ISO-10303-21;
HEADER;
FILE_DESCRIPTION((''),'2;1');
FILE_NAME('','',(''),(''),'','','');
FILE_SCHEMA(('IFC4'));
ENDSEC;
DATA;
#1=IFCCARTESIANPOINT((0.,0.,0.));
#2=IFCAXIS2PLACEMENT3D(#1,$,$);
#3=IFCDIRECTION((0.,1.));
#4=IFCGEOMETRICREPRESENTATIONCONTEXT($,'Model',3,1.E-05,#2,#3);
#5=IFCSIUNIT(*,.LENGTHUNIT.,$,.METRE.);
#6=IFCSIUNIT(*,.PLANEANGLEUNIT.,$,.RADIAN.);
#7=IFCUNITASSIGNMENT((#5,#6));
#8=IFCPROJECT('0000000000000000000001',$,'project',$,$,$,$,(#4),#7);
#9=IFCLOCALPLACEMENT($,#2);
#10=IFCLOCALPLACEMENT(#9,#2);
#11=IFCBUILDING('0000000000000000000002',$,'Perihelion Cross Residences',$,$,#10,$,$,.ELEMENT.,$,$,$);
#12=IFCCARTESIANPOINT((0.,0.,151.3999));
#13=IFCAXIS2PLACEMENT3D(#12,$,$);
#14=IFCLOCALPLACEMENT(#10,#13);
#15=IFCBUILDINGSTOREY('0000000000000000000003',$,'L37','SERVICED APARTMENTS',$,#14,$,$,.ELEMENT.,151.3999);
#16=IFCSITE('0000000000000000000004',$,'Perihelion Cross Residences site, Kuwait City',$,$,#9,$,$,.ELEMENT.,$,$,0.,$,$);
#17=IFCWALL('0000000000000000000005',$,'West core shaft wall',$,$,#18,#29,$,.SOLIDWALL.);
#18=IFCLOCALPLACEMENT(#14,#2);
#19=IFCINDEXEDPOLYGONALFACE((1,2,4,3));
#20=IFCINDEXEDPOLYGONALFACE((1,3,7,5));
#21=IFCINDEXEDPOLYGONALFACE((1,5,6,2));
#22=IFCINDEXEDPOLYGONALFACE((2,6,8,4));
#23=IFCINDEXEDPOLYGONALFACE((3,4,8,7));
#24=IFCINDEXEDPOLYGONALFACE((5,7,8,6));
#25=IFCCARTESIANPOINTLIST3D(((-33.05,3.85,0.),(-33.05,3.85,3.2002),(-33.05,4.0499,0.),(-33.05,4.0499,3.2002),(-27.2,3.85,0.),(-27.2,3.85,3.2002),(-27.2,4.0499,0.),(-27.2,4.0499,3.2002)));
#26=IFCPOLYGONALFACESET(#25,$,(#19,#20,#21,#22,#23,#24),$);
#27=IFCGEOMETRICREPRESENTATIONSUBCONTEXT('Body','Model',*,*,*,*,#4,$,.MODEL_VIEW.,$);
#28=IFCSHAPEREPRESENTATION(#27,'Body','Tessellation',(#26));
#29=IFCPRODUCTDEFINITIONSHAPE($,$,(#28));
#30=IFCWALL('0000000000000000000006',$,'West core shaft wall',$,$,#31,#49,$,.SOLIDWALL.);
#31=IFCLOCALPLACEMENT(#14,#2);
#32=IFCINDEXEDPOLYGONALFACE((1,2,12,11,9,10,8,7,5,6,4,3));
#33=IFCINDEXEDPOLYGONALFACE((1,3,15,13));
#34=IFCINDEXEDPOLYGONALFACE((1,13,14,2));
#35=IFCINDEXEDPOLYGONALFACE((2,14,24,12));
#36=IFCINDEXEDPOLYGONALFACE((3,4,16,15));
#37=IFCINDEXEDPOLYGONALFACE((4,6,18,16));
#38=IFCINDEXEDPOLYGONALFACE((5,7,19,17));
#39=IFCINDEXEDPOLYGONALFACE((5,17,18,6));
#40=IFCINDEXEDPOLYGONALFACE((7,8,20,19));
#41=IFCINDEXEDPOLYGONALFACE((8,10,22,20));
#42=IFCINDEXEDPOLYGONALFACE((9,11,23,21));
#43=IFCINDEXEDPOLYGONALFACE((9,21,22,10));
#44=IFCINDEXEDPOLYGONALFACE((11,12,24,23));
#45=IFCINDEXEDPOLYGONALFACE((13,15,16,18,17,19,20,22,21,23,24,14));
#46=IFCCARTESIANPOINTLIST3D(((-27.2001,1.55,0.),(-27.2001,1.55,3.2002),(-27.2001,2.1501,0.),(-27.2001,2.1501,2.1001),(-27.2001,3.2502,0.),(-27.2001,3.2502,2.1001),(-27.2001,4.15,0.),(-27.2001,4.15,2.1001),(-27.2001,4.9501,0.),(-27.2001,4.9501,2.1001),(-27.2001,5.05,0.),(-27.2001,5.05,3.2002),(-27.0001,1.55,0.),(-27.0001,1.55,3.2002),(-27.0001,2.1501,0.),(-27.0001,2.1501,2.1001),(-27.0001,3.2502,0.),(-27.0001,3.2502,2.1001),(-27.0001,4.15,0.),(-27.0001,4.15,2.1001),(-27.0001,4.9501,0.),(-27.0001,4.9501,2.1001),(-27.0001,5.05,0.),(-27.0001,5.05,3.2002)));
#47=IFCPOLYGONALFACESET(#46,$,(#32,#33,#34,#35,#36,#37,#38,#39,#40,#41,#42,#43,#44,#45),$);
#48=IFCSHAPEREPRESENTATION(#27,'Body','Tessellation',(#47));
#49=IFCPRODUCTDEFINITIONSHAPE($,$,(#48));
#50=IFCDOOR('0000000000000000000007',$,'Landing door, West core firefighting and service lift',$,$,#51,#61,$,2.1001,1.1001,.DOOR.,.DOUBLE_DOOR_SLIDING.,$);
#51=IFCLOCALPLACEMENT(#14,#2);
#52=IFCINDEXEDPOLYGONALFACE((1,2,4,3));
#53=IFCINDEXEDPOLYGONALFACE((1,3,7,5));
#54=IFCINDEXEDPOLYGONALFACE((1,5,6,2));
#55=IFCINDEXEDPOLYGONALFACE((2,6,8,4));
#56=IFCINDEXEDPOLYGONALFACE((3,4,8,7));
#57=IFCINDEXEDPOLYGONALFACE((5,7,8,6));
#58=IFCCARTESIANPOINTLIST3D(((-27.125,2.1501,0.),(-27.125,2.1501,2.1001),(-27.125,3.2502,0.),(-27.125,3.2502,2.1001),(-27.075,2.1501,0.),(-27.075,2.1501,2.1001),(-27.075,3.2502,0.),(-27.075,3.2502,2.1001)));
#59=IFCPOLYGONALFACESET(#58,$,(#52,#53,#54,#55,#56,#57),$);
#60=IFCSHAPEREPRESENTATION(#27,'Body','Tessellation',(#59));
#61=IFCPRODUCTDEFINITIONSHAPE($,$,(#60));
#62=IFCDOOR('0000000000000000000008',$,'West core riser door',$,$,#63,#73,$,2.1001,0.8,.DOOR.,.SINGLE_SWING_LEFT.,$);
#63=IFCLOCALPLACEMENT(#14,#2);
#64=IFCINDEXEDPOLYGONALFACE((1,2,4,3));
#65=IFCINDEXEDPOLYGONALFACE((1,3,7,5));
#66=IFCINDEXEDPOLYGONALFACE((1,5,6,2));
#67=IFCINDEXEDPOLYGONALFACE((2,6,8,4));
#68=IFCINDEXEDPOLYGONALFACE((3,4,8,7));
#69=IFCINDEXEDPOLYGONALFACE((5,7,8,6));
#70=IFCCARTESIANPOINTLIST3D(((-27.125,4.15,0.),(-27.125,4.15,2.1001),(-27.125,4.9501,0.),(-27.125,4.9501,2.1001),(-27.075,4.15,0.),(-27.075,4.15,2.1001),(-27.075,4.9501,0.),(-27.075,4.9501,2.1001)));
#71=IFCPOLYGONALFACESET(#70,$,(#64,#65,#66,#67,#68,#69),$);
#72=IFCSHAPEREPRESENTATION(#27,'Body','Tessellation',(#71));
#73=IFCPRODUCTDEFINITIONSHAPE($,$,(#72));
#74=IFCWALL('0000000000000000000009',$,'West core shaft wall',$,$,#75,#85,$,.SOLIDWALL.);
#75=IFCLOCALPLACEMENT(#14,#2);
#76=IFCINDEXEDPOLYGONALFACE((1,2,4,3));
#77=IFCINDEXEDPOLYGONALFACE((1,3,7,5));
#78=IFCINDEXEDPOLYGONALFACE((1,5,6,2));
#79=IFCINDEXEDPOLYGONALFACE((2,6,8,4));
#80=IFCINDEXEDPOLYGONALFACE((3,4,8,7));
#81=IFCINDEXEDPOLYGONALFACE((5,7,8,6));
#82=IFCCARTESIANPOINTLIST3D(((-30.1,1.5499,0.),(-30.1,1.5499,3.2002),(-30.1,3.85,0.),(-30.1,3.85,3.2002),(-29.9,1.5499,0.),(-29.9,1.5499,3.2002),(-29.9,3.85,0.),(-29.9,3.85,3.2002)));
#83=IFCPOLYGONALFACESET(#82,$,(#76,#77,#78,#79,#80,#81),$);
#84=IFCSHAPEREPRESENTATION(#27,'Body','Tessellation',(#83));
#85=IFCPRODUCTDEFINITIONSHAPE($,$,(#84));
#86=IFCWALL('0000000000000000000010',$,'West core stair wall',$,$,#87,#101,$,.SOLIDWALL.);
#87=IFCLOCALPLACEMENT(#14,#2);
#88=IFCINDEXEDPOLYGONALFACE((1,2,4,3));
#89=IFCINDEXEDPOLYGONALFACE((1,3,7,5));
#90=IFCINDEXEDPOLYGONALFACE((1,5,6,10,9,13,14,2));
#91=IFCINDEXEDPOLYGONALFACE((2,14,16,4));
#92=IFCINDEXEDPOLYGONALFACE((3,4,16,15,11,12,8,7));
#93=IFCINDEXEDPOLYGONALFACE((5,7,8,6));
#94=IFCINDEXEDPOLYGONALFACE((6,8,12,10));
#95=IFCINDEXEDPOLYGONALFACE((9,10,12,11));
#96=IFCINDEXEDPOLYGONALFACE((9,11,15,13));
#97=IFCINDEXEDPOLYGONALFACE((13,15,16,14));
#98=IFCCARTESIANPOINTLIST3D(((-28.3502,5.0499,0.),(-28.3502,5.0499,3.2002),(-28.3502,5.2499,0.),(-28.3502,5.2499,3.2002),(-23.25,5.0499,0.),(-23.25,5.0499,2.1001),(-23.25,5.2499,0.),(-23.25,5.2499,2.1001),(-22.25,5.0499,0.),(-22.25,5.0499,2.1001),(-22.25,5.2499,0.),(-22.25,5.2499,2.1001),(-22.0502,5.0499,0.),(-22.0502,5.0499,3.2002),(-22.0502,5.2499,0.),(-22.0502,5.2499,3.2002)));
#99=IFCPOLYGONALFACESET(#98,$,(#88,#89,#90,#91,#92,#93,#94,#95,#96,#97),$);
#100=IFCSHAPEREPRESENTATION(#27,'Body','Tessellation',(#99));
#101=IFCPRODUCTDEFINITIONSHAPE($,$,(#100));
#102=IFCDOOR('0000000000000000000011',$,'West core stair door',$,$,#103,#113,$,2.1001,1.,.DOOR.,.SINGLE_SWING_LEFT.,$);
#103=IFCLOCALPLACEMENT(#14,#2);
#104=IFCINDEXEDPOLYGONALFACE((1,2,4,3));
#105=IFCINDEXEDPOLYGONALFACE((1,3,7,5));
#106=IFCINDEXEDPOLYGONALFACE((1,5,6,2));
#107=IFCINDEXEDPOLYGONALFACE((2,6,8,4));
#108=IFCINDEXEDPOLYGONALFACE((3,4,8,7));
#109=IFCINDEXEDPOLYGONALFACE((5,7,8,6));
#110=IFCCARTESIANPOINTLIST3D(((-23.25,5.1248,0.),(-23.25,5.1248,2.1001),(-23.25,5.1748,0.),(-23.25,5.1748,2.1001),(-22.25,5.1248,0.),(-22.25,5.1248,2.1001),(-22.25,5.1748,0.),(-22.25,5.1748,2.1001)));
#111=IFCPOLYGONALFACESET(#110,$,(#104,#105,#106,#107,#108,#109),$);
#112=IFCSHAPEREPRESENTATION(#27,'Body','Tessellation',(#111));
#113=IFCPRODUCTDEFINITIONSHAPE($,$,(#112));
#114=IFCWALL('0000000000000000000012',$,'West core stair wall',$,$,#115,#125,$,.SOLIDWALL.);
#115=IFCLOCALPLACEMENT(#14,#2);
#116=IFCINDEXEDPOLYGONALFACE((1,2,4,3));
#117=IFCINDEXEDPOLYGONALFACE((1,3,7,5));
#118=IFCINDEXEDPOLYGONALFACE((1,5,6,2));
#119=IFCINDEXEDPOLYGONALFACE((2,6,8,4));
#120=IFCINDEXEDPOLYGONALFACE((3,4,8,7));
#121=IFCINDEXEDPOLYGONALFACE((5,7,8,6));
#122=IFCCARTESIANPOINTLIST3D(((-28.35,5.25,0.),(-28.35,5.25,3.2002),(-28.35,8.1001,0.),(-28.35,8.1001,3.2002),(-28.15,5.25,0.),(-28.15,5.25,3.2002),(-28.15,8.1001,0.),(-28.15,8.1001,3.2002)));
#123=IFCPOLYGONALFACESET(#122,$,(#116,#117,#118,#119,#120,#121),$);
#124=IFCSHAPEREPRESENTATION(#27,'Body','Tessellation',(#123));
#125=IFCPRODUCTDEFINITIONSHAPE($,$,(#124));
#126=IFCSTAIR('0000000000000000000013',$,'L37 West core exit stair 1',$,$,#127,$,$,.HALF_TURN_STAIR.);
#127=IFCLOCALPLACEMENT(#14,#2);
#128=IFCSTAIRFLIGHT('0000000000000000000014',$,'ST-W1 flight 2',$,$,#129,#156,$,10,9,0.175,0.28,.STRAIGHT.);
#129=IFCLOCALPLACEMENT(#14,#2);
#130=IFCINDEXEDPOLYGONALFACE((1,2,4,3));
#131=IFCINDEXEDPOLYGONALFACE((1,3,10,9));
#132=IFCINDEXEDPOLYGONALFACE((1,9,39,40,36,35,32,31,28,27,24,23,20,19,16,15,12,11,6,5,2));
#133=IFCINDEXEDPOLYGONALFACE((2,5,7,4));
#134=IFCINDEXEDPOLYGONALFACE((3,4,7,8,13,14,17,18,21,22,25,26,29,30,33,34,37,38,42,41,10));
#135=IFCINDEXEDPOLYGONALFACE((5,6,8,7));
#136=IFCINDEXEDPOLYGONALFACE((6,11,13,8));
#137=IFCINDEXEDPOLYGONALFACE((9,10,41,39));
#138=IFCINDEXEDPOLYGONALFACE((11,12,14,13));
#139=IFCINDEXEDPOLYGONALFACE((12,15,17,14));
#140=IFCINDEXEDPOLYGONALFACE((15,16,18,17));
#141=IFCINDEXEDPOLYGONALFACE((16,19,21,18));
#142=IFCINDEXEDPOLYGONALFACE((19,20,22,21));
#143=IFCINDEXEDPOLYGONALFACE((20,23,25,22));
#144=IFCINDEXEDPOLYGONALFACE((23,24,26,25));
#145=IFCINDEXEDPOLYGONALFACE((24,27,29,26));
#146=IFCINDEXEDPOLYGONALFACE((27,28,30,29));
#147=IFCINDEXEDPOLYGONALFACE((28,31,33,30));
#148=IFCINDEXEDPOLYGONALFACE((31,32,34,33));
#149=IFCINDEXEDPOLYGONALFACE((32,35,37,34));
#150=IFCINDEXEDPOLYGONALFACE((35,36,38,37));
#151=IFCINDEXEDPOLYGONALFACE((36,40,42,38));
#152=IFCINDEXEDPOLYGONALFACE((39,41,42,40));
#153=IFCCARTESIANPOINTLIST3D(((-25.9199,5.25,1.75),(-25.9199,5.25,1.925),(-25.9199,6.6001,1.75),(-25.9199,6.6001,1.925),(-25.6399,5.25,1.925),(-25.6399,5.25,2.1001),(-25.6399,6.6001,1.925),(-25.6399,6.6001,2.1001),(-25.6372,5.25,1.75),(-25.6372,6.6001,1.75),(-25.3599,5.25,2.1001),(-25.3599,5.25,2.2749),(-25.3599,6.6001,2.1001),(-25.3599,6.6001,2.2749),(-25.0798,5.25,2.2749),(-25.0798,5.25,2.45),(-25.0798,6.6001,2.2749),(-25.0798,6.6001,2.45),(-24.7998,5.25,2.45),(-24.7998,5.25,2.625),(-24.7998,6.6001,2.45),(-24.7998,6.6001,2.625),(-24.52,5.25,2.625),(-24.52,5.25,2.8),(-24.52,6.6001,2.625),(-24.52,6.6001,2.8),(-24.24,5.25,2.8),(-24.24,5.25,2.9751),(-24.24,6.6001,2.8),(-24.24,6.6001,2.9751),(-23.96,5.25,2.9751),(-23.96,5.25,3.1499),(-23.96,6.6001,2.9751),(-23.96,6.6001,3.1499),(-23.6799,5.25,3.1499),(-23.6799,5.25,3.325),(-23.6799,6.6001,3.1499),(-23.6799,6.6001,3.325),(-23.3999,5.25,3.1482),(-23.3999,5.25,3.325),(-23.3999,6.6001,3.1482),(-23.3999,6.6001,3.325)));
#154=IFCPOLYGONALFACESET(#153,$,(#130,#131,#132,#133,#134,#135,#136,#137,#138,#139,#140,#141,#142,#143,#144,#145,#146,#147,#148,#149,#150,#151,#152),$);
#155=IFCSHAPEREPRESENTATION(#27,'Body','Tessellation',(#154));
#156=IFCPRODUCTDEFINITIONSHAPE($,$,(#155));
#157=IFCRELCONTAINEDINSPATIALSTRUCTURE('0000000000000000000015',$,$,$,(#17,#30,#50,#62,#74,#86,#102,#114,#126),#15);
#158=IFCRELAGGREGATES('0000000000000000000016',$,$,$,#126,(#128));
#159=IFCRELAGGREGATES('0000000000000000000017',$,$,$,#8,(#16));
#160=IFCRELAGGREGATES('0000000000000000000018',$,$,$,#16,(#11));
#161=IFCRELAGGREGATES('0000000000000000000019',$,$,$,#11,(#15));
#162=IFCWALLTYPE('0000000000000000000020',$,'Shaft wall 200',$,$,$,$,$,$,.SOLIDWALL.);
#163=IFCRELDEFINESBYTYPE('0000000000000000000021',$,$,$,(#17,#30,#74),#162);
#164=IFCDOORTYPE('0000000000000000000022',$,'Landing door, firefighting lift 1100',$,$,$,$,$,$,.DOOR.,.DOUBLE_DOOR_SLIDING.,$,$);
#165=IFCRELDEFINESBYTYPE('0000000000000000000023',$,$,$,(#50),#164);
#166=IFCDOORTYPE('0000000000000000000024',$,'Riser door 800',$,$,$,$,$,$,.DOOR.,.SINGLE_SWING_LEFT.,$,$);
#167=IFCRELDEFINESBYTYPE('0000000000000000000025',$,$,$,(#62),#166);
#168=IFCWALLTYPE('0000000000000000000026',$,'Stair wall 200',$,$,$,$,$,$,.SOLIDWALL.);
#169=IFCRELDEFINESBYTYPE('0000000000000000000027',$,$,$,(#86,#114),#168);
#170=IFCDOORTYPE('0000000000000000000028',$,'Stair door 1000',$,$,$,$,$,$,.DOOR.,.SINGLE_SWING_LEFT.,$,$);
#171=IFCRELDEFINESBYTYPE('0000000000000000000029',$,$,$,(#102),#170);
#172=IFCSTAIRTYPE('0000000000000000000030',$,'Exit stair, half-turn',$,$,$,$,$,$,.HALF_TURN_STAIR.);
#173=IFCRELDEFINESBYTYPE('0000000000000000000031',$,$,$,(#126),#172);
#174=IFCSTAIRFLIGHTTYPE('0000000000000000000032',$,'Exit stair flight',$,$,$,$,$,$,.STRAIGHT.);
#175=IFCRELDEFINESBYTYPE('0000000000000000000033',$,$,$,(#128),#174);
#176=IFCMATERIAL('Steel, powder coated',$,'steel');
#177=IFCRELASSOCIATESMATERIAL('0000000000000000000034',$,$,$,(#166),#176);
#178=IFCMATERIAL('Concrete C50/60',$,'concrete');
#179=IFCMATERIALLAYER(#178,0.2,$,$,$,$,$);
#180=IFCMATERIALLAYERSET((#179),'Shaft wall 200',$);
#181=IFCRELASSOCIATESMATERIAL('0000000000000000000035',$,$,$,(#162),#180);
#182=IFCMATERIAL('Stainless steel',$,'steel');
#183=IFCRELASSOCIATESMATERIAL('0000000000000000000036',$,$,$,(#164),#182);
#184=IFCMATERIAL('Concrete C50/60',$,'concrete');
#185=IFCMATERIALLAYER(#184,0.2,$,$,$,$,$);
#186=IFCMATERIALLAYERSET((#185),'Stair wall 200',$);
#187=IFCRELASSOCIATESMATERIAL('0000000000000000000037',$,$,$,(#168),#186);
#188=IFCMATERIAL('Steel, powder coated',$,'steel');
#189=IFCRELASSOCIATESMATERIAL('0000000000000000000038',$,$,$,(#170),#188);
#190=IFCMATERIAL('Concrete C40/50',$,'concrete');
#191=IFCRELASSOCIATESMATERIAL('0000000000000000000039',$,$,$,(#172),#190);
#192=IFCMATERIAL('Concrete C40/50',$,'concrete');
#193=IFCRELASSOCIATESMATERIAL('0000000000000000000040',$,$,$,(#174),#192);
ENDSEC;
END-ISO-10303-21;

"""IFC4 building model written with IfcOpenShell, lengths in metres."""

from ifc_helpers import new_model, si_unit, direction, frame, frame_2d, origin, place, context, subcontext, project, spatial, polyline, rectangle, outline, extrude, material, layer, layer_set, type_object, element, fill, aggregate, save


model = new_model("IFC4")

# Units and contexts
model_context = context("Model", 3, precision=1e-05, world=origin(), true_north=direction((0.0, 1.0)))
body_context = subcontext(model_context, "Body", "Model", "MODEL_VIEW")
ifc_project = project(units=[si_unit("LENGTHUNIT", "METRE"), si_unit("PLANEANGLEUNIT", "RADIAN")], contexts=[model_context])

# Site, building, storey
site_placement = place(None, origin())
site = spatial("IfcSite", under=ifc_project, at=site_placement, Name="Perihelion Cross Residences site, Kuwait City", CompositionType="ELEMENT", RefElevation=0.0)
building_placement = place(site_placement, origin())
building = spatial("IfcBuilding", under=site, at=building_placement, Name="Perihelion Cross Residences", CompositionType="ELEMENT")
storey_placement = place(building_placement, frame((0.0, 0.0, 151.3999)))
storey = spatial("IfcBuildingStorey", under=building, at=storey_placement, Name="L37", Description="SERVICED APARTMENTS", CompositionType="ELEMENT", Elevation=151.3999)

# Shared definitions
ifc_material_1 = material(Name="Steel, powder coated", Category="steel")
door_type_1 = type_object("IfcDoorType", Name="Riser door 800", OperationType="SINGLE_SWING_LEFT", PredefinedType="DOOR", material=ifc_material_1)

# Shared definitions
ifc_material_2 = material(Name="Concrete C50/60", Category="concrete")
ifc_layer_1 = layer(ifc_material_2, 0.2)
ifc_layer_set_1 = layer_set([ifc_layer_1], Name="Shaft wall 200")
wall_type_1 = type_object("IfcWallType", Name="Shaft wall 200", PredefinedType="SOLIDWALL", material=ifc_layer_set_1)

# Wall
wall_1_placement = place(storey_placement, frame((-33.05, 3.95, 0.0), z_axis=(0.0, 0.0, 1.0), x_axis=(1.0, 0.0, 0.0)))
element("IfcWall", 1, at=wall_1_placement, inside=storey, type_object=wall_type_1, Name="West core shaft wall", PredefinedType="SOLIDWALL", context=body_context, shape_type="SweptSolid", body=[
    extrude(rectangle(XDim=5.8501, YDim=0.2, at=frame_2d((2.925, 0.0))), origin(), (0.0, 0.0, 1.0), 3.2002),
])

# Wall, openings, doors
wall_2_placement = place(storey_placement, frame((-27.1001, 1.55, 0.0), z_axis=(0.0, 0.0, 1.0), x_axis=(0.0, 1.0, 0.0)))
wall_2 = element("IfcWall", 2, at=wall_2_placement, inside=storey, type_object=wall_type_1, Name="West core shaft wall", PredefinedType="SOLIDWALL", context=body_context, shape_type="SweptSolid", body=[
    extrude(rectangle(XDim=3.5, YDim=0.2, at=frame_2d((1.75, 0.0))), origin(), (0.0, 0.0, 1.0), 3.2002),
])
opening_1_placement = place(wall_2_placement, frame((0.6001, 0.0, 0.0)))
opening_1 = element("IfcOpeningElement", 3, at=opening_1_placement, cuts=wall_2, PredefinedType="OPENING", context=body_context, shape_type="SweptSolid", body=[
    extrude(rectangle(XDim=1.1001, YDim=2.1001, at=frame_2d((0.55, 1.05))), frame((0.0, 0.1099, 0.0), z_axis=(0.0, -1.0, 0.0), x_axis=(1.0, 0.0, 0.0)), (0.0, 0.0, 1.0), 0.22),
])
opening_2_placement = place(wall_2_placement, frame((2.6001, 0.0, 0.0)))
opening_2 = element("IfcOpeningElement", 4, at=opening_2_placement, cuts=wall_2, PredefinedType="OPENING", context=body_context, shape_type="SweptSolid", body=[
    extrude(rectangle(XDim=0.8, YDim=2.1001, at=frame_2d((0.3999, 1.05))), frame((0.0, 0.1099, 0.0), z_axis=(0.0, -1.0, 0.0), x_axis=(1.0, 0.0, 0.0)), (0.0, 0.0, 1.0), 0.22),
])
ifc_material_3 = material(Name="Stainless steel", Category="steel")
door_type_2 = type_object("IfcDoorType", Name="Landing door, firefighting lift 1100", OperationType="DOUBLE_DOOR_SLIDING", PredefinedType="DOOR", material=ifc_material_3)
door_1_placement = place(opening_1_placement, origin())
door_1 = element("IfcDoor", 5, at=door_1_placement, inside=storey, type_object=door_type_2, Name="Landing door, West core firefighting and service lift", OperationType="DOUBLE_DOOR_SLIDING", OverallHeight=2.1001, OverallWidth=1.1001, PredefinedType="DOOR", context=body_context, shape_type="SweptSolid", body=[
    extrude(rectangle(XDim=1.1001, YDim=2.1001, at=frame_2d((0.55, 1.05))), frame((0.0, 0.0249, 0.0), z_axis=(0.0, -1.0, 0.0), x_axis=(1.0, 0.0, 0.0)), (0.0, 0.0, 1.0), 0.05),
])
fill(opening_1, door_1)
door_2_placement = place(opening_2_placement, origin())
door_2 = element("IfcDoor", 6, at=door_2_placement, inside=storey, type_object=door_type_1, Name="West core riser door", OperationType="SINGLE_SWING_LEFT", OverallHeight=2.1001, OverallWidth=0.8, PredefinedType="DOOR", context=body_context, shape_type="SweptSolid", body=[
    extrude(rectangle(XDim=0.8, YDim=2.1001, at=frame_2d((0.3999, 1.05))), frame((0.0, 0.0249, 0.0), z_axis=(0.0, -1.0, 0.0), x_axis=(1.0, 0.0, 0.0)), (0.0, 0.0, 1.0), 0.05),
])
fill(opening_2, door_2)

# Wall
wall_3_placement = place(storey_placement, frame((-30.0, 1.55, 0.0), z_axis=(0.0, 0.0, 1.0), x_axis=(0.0, 1.0, 0.0)))
element("IfcWall", 7, at=wall_3_placement, inside=storey, type_object=wall_type_1, Name="West core shaft wall", PredefinedType="SOLIDWALL", context=body_context, shape_type="SweptSolid", body=[
    extrude(rectangle(XDim=2.3, YDim=0.2, at=frame_2d((1.1499, 0.0))), origin(), (0.0, 0.0, 1.0), 3.2002),
])

# Wall, opening, door
ifc_material_4 = material(Name="Concrete C50/60", Category="concrete")
ifc_layer_2 = layer(ifc_material_4, 0.2)
ifc_layer_set_2 = layer_set([ifc_layer_2], Name="Stair wall 200")
wall_type_2 = type_object("IfcWallType", Name="Stair wall 200", PredefinedType="SOLIDWALL", material=ifc_layer_set_2)
wall_4_placement = place(storey_placement, frame((-28.3501, 5.1499, 0.0), z_axis=(0.0, 0.0, 1.0), x_axis=(1.0, 0.0, 0.0)))
wall_4 = element("IfcWall", 8, at=wall_4_placement, inside=storey, type_object=wall_type_2, Name="West core stair wall", PredefinedType="SOLIDWALL", context=body_context, shape_type="SweptSolid", body=[
    extrude(rectangle(XDim=6.3, YDim=0.2, at=frame_2d((3.1499, 0.0))), origin(), (0.0, 0.0, 1.0), 3.2002),
])
opening_3_placement = place(wall_4_placement, frame((5.1001, 0.0, 0.0)))
opening_3 = element("IfcOpeningElement", 9, at=opening_3_placement, cuts=wall_4, PredefinedType="OPENING", context=body_context, shape_type="SweptSolid", body=[
    extrude(rectangle(XDim=1.0, YDim=2.1001, at=frame_2d((0.5, 1.05))), frame((0.0, 0.1099, 0.0), z_axis=(0.0, -1.0, 0.0), x_axis=(1.0, 0.0, 0.0)), (0.0, 0.0, 1.0), 0.22),
])
ifc_material_5 = material(Name="Steel, powder coated", Category="steel")
door_type_3 = type_object("IfcDoorType", Name="Stair door 1000", OperationType="SINGLE_SWING_LEFT", PredefinedType="DOOR", material=ifc_material_5)
door_3_placement = place(opening_3_placement, origin())
door_3 = element("IfcDoor", 10, at=door_3_placement, inside=storey, type_object=door_type_3, Name="West core stair door", OperationType="SINGLE_SWING_LEFT", OverallHeight=2.1001, OverallWidth=1.0, PredefinedType="DOOR", context=body_context, shape_type="SweptSolid", body=[
    extrude(rectangle(XDim=1.0, YDim=2.1001, at=frame_2d((0.5, 1.05))), frame((0.0, 0.0249, 0.0), z_axis=(0.0, -1.0, 0.0), x_axis=(1.0, 0.0, 0.0)), (0.0, 0.0, 1.0), 0.05),
])
fill(opening_3, door_3)

# Wall
wall_5_placement = place(storey_placement, frame((-28.25, 5.25, 0.0), z_axis=(0.0, 0.0, 1.0), x_axis=(0.0, 1.0, 0.0)))
element("IfcWall", 11, at=wall_5_placement, inside=storey, type_object=wall_type_2, Name="West core stair wall", PredefinedType="SOLIDWALL", context=body_context, shape_type="SweptSolid", body=[
    extrude(rectangle(XDim=2.8501, YDim=0.2, at=frame_2d((1.425, 0.0))), origin(), (0.0, 0.0, 1.0), 3.2002),
])

# Stair, stair flight
ifc_material_6 = material(Name="Concrete C40/50", Category="concrete")
stair_type = type_object("IfcStairType", Name="Exit stair, half-turn", PredefinedType="HALF_TURN_STAIR", material=ifc_material_6)
stair_placement = place(storey_placement, origin())
stair = element("IfcStair", 12, at=stair_placement, inside=storey, type_object=stair_type, Name="L37 West core exit stair 1", PredefinedType="HALF_TURN_STAIR")
ifc_material_7 = material(Name="Concrete C40/50", Category="concrete")
stair_flight_type = type_object("IfcStairFlightType", Name="Exit stair flight", PredefinedType="STRAIGHT", material=ifc_material_7)
stair_flight_placement = place(storey_placement, frame((-25.9199, 5.925, 1.75), z_axis=(0.0, 0.0, 1.0), x_axis=(1.0, 0.0, 0.0)))
stair_flight = element("IfcStairFlight", 13, at=stair_flight_placement, type_object=stair_flight_type, Name="ST-W1 flight 2", NumberOfRisers=10, NumberOfTreads=9, PredefinedType="STRAIGHT", RiserHeight=0.175, TreadLength=0.28, context=body_context, shape_type="SweptSolid", body=[
    extrude(outline(polyline([(0.0, 0.0), (0.0, 0.175), (0.28, 0.175), (0.28, 0.3501), (0.5601, 0.3501), (0.5601, 0.5249), (0.8401, 0.5249), (0.8401, 0.7), (1.1201, 0.7), (1.1201, 0.875), (1.3999, 0.875), (1.3999, 1.05), (1.6799, 1.05), (1.6799, 1.2251), (1.96, 1.2251), (1.96, 1.3999), (2.24, 1.3999), (2.24, 1.575), (2.52, 1.575), (2.52, 1.75), (2.52, 1.3982), (0.2827, 0.0), (0.0, 0.0)])), frame((0.0, 0.675, 0.0), z_axis=(0.0, -1.0, 0.0), x_axis=(1.0, 0.0, 0.0)), (0.0, 0.0, 1.0), 1.3501),
])
aggregate(stair, [stair_flight])

save(model, "model.ifc")
